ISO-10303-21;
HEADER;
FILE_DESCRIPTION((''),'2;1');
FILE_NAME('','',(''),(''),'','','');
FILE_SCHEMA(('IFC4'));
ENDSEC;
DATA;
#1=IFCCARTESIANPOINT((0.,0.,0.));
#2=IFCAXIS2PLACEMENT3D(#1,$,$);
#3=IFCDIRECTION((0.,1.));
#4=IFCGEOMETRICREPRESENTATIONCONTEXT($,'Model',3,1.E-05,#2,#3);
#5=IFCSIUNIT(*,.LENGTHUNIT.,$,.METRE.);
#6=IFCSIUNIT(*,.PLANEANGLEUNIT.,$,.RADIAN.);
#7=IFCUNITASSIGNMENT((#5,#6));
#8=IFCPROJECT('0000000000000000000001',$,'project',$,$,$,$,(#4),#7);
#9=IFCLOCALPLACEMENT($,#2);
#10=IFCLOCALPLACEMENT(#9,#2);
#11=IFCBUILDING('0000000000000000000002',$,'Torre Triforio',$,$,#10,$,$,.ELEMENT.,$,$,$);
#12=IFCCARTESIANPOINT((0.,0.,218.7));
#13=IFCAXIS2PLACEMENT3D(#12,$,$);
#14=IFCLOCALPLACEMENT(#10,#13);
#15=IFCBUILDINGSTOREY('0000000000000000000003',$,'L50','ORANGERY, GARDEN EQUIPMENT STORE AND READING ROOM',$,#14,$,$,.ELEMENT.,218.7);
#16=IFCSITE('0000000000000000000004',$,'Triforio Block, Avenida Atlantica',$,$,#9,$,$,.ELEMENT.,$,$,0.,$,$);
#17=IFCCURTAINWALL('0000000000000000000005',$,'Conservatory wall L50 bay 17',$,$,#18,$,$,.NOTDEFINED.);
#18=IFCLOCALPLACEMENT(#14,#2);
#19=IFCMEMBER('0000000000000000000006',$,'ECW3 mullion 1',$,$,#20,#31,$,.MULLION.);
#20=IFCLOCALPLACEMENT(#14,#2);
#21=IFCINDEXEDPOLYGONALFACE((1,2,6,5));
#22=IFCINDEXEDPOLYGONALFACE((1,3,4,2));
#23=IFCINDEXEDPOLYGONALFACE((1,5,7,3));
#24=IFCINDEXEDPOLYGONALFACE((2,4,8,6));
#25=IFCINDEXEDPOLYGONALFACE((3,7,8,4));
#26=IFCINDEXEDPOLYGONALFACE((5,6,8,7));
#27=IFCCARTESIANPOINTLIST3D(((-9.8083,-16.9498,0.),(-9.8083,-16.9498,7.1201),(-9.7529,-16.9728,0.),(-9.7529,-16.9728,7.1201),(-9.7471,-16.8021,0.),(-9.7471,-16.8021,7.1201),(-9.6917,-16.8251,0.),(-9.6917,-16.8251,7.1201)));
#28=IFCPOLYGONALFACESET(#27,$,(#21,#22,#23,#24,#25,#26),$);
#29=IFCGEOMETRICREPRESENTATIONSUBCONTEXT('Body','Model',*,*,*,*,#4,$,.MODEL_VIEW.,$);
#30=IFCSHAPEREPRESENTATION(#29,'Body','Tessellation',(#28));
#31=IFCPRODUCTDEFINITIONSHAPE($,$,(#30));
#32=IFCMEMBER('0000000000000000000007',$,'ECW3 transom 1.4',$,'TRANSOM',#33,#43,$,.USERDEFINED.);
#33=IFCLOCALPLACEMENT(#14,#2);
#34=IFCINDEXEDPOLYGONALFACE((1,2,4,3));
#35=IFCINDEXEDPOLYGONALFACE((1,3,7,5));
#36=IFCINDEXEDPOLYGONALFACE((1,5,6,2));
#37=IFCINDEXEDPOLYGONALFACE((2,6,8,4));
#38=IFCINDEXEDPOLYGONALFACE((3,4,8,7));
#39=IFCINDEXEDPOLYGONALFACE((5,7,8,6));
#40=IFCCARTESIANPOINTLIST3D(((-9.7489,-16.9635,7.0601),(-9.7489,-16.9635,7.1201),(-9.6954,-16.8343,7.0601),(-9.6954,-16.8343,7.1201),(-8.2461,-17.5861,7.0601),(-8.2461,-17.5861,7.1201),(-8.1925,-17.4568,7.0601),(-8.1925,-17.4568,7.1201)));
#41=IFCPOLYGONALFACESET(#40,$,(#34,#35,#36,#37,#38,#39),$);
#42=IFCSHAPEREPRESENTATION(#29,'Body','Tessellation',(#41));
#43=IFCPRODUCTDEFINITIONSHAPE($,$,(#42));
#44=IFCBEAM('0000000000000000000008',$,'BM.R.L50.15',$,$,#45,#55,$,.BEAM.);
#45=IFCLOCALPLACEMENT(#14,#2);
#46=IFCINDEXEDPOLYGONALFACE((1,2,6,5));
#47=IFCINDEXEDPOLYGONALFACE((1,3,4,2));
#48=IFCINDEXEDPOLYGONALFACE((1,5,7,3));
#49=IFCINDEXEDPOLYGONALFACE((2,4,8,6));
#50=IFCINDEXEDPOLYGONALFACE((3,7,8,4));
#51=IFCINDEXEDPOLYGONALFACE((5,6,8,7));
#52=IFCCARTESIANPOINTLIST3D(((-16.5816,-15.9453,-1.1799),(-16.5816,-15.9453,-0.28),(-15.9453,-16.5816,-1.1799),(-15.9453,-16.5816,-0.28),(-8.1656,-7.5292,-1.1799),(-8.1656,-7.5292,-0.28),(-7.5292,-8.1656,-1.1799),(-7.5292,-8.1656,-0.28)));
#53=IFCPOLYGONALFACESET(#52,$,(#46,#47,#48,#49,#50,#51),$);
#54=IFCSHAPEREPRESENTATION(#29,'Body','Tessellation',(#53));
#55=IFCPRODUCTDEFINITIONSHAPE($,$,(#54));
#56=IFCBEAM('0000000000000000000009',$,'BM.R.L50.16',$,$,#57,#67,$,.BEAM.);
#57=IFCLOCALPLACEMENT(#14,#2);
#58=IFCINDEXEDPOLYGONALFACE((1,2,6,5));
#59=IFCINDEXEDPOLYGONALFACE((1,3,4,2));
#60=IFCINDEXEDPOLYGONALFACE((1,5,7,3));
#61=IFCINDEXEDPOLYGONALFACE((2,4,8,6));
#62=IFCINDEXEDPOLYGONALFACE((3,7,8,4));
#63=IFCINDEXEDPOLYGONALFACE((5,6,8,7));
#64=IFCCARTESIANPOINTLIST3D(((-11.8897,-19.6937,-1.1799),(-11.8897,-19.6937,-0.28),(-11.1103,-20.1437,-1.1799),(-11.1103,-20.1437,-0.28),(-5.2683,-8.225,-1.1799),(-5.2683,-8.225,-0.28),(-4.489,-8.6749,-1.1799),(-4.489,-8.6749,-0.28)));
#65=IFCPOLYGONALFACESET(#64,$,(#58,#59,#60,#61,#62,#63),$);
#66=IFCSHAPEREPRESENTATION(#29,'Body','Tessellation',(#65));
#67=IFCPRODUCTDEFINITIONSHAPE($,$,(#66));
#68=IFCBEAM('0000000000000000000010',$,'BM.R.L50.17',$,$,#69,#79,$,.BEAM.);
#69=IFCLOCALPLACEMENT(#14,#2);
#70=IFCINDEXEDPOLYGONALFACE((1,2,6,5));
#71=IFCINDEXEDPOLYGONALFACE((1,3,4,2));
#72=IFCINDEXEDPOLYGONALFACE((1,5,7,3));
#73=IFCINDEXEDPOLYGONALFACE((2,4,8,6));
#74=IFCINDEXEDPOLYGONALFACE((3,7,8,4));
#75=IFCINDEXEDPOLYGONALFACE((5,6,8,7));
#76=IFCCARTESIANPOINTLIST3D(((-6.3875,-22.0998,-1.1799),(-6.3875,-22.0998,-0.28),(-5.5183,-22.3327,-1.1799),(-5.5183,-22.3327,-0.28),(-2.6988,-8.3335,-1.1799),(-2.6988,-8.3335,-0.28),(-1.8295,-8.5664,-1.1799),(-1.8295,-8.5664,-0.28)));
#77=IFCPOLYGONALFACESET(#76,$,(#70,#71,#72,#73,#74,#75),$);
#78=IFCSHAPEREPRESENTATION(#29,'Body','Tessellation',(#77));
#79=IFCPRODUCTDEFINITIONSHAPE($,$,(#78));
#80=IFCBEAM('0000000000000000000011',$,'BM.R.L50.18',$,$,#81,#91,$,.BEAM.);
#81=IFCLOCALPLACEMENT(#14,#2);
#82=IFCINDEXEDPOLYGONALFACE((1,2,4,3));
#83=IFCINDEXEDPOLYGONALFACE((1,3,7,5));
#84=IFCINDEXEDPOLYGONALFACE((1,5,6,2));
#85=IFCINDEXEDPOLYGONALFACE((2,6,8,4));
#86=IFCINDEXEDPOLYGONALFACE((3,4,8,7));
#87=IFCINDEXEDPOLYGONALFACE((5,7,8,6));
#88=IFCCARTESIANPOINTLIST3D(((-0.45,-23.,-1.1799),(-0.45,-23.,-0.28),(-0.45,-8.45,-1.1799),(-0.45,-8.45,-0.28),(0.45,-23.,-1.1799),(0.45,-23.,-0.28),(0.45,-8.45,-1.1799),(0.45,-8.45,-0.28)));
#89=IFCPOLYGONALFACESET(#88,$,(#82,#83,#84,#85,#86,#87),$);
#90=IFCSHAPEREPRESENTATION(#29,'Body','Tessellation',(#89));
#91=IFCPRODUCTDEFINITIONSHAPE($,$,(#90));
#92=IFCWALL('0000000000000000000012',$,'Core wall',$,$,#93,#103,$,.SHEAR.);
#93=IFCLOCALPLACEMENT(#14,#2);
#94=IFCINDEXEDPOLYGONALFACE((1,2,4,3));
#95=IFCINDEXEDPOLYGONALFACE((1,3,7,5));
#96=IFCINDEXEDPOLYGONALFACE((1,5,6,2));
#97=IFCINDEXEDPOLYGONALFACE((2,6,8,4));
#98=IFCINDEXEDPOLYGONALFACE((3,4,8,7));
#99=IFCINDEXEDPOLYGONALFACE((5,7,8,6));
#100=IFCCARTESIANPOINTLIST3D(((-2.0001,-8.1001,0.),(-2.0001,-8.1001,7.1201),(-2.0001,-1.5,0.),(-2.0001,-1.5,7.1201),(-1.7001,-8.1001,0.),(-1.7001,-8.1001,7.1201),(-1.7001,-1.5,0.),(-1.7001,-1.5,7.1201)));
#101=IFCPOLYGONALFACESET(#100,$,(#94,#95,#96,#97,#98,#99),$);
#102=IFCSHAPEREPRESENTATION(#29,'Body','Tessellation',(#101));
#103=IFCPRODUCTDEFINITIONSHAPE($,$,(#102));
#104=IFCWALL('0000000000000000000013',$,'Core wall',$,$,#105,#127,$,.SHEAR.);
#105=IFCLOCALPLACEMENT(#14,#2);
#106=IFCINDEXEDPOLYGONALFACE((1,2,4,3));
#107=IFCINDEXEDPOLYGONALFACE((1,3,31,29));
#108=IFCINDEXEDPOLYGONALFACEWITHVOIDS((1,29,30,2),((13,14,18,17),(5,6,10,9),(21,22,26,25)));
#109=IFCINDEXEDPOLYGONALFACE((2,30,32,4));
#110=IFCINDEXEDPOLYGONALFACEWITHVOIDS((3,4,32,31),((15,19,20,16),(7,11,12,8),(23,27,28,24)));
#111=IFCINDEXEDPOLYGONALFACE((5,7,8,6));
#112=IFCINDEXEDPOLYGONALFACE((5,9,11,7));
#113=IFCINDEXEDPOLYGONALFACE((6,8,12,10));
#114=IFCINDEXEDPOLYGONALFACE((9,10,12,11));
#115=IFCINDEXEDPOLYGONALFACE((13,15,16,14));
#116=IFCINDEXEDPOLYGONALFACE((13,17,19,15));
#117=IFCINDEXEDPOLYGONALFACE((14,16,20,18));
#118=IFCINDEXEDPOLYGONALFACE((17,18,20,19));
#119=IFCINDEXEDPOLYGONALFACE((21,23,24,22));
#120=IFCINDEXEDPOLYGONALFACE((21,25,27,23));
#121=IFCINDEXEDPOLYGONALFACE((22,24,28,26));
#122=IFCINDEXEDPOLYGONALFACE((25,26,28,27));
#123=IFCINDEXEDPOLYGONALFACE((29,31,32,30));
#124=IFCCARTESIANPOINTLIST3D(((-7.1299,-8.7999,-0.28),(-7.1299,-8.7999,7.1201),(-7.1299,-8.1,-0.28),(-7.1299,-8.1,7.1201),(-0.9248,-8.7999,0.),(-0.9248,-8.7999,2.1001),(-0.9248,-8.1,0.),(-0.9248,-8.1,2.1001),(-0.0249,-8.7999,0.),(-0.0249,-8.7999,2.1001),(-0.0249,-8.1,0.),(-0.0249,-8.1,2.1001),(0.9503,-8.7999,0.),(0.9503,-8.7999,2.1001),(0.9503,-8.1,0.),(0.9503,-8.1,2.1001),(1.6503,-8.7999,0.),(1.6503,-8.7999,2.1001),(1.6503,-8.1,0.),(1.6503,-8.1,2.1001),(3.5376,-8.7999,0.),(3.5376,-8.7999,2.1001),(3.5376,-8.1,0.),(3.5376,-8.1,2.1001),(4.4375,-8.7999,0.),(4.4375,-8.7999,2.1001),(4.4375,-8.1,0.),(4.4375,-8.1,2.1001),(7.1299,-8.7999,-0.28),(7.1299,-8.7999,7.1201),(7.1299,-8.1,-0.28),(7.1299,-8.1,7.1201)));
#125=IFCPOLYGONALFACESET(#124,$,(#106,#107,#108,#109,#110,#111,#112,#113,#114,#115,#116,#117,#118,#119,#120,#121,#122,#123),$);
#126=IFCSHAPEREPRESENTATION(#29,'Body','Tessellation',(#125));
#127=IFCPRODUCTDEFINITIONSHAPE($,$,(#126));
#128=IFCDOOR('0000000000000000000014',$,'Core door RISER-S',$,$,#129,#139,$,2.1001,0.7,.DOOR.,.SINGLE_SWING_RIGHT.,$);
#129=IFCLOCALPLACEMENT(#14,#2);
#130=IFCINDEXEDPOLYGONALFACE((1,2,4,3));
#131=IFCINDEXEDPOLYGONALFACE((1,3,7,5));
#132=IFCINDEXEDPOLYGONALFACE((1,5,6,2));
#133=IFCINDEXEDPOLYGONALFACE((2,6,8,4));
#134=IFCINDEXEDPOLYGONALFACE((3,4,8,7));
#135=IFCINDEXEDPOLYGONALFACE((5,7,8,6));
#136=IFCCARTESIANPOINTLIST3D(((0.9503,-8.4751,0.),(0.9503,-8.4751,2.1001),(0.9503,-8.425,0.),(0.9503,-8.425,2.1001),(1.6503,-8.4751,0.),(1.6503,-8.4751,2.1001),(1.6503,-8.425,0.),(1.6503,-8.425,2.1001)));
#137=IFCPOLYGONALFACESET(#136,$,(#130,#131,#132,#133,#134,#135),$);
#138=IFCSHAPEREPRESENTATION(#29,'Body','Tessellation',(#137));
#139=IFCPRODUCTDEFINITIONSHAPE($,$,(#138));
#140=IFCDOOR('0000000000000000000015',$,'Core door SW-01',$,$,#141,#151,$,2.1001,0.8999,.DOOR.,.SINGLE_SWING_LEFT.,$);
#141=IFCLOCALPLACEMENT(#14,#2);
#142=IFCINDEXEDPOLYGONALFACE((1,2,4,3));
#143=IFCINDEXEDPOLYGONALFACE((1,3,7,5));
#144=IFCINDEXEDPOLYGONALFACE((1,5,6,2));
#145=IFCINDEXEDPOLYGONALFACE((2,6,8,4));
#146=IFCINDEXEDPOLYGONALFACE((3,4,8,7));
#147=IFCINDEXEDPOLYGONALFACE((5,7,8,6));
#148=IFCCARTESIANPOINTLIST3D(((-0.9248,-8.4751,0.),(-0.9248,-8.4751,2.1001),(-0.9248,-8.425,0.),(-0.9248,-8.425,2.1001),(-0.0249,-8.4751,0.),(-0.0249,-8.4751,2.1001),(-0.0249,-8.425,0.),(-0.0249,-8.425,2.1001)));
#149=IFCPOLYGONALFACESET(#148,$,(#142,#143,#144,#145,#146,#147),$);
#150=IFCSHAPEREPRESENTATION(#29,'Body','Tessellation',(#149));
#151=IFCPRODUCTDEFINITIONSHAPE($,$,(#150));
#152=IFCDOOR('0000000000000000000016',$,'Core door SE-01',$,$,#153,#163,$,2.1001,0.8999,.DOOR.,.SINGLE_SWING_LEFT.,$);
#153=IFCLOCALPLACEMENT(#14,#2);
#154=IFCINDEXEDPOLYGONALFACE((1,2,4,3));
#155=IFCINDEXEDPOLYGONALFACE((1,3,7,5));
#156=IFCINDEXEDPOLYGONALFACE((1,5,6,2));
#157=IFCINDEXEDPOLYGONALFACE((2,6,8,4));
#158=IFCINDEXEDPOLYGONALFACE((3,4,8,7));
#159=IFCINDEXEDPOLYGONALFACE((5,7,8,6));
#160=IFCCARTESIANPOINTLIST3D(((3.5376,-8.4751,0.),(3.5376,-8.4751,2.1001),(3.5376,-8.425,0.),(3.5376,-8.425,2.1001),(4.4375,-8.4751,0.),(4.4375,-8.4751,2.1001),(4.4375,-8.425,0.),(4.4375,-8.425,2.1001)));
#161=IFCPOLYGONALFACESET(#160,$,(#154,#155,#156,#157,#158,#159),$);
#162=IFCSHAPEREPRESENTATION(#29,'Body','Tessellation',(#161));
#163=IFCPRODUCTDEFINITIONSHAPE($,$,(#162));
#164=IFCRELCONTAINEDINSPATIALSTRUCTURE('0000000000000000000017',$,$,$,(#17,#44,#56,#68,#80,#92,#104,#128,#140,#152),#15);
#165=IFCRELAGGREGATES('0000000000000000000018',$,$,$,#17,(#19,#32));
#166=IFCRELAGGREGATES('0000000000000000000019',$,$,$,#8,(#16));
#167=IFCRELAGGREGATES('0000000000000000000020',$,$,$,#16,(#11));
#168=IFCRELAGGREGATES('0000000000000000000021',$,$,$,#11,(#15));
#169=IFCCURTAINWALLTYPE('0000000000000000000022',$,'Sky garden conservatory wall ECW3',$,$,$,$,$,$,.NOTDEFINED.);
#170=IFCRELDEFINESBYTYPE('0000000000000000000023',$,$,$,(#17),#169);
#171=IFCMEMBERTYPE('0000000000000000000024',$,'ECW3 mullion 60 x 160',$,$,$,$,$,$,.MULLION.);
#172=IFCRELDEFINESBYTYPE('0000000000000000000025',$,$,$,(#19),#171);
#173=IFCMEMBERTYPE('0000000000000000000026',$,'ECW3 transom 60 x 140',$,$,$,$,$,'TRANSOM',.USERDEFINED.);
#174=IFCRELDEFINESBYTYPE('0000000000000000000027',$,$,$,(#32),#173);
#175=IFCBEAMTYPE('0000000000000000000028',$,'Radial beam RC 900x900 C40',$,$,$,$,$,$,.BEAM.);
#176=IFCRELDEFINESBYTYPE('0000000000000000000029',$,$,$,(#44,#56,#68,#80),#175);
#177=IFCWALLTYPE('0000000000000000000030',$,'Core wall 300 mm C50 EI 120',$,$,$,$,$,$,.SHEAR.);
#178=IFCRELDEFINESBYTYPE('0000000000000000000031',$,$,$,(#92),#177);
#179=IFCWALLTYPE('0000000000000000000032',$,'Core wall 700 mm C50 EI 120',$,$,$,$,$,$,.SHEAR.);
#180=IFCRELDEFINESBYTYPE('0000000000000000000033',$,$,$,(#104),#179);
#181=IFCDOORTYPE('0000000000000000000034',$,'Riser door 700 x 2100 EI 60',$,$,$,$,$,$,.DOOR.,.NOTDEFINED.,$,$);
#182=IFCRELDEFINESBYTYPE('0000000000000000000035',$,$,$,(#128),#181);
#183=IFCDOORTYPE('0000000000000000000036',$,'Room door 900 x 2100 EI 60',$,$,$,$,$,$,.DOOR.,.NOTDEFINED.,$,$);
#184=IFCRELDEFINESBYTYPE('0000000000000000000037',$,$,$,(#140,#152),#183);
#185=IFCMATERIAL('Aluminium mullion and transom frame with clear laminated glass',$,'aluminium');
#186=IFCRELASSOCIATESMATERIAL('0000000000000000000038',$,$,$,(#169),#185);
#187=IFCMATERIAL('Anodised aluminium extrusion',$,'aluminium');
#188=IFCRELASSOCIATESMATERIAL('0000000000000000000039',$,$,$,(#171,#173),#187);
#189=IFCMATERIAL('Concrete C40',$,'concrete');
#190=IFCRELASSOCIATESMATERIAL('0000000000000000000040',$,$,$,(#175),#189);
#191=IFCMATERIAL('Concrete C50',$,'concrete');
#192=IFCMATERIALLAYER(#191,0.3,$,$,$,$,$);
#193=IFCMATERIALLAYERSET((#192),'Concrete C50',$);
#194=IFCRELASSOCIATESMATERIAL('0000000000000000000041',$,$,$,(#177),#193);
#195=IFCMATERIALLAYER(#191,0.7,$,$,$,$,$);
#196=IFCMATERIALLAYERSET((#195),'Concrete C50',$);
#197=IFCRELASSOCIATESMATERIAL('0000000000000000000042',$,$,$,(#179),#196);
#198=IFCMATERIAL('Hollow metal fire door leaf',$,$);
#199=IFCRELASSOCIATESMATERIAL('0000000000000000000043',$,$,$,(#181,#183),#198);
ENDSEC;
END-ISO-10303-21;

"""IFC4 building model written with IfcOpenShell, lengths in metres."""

from ifc_helpers import new_model, si_unit, direction, frame, frame_2d, origin, origin_2d, place, context, subcontext, project, spatial, rectangle, extrude, material, layer, layer_set, material_profile, profile_set, type_object, element, fill, aggregate, save


model = new_model("IFC4")

# Units and contexts
model_context = context("Model", 3, precision=1e-05, world=origin(), true_north=direction((0.0, 1.0)))
body_context = subcontext(model_context, "Body", "Model", "MODEL_VIEW")
ifc_project = project(units=[si_unit("LENGTHUNIT", "METRE"), si_unit("PLANEANGLEUNIT", "RADIAN")], contexts=[model_context])

# Site, building, storey
site_placement = place(None, origin())
site = spatial("IfcSite", under=ifc_project, at=site_placement, Name="Triforio Block, Avenida Atlantica", CompositionType="ELEMENT", RefElevation=0.0)
building_placement = place(site_placement, origin())
building = spatial("IfcBuilding", under=site, at=building_placement, Name="Torre Triforio", CompositionType="ELEMENT")
storey_placement = place(building_placement, frame((0.0, 0.0, 218.7)))
storey = spatial("IfcBuildingStorey", under=building, at=storey_placement, Name="L50", Description="ORANGERY, GARDEN EQUIPMENT STORE AND READING ROOM", CompositionType="ELEMENT", Elevation=218.7)

# Curtain wall, members
ifc_material_1 = material(Name="Aluminium mullion and transom frame with clear laminated glass", Category="aluminium")
curtain_wall_type = type_object("IfcCurtainWallType", Name="Sky garden conservatory wall ECW3", PredefinedType="NOTDEFINED", material=ifc_material_1)
curtain_wall_placement = place(storey_placement, origin())
curtain_wall = element("IfcCurtainWall", 1, at=curtain_wall_placement, inside=storey, type_object=curtain_wall_type, Name="Conservatory wall L50 bay 17", PredefinedType="NOTDEFINED")
ifc_material_2 = material(Name="Anodised aluminium extrusion", Category="aluminium")
ifc_material_profile_1 = material_profile(ifc_material_2, rectangle(XDim=0.1599, YDim=0.0601, at=origin_2d()), Name="ECW3 MULLION 60x160")
ifc_profile_set_1 = profile_set([ifc_material_profile_1], Name="Anodised aluminium extrusion")
member_type_1 = type_object("IfcMemberType", Name="ECW3 mullion 60 x 160", PredefinedType="MULLION", material=ifc_profile_set_1)
member_1_placement = place(storey_placement, frame((-9.75, -16.8875, 0.0), z_axis=(0.0, 0.0, 1.0), x_axis=(0.382684, 0.923879, 0.0)))
member_1 = element("IfcMember", 2, at=member_1_placement, type_object=member_type_1, Name="ECW3 mullion 1", PredefinedType="MULLION", context=body_context, shape_type="SweptSolid", body=[
    extrude(rectangle(XDim=0.1599, YDim=0.0601, at=origin_2d()), origin(), (0.0, 0.0, 1.0), 7.1201),
])
ifc_material_profile_2 = material_profile(ifc_material_2, rectangle(XDim=0.1399, YDim=0.0601, at=origin_2d()), Name="ECW3 TRANSOM 60x140")
ifc_profile_set_2 = profile_set([ifc_material_profile_2], Name="Anodised aluminium extrusion")
member_type_2 = type_object("IfcMemberType", Name="ECW3 transom 60 x 140", ElementType="TRANSOM", PredefinedType="USERDEFINED", material=ifc_profile_set_2)
member_2_placement = place(storey_placement, frame((-9.7222, -16.8989, 7.0901), z_axis=(0.923874, -0.382696, 0.0), x_axis=(0.382696, 0.923874, 0.0)))
member_2 = element("IfcMember", 3, at=member_2_placement, type_object=member_type_2, Name="ECW3 transom 1.4", ObjectType="TRANSOM", PredefinedType="USERDEFINED", context=body_context, shape_type="SweptSolid", body=[
    extrude(rectangle(XDim=0.1399, YDim=0.0601, at=origin_2d()), origin(), (0.0, 0.0, 1.0), 1.6267),
])
aggregate(curtain_wall, [member_1, member_2])

# Beams
ifc_material_3 = material(Name="Concrete C40", Category="concrete")
ifc_material_profile_3 = material_profile(ifc_material_3, rectangle(XDim=0.8999, YDim=0.8999, at=origin_2d()), Name="RC 900x900")
ifc_profile_set_3 = profile_set([ifc_material_profile_3], Name="Concrete C40")
beam_type = type_object("IfcBeamType", Name="Radial beam RC 900x900 C40", PredefinedType="BEAM", material=ifc_profile_set_3)
beam_1_placement = place(storey_placement, frame((-7.8474, -7.8474, -0.73), z_axis=(-0.707107, -0.707107, 0.0), x_axis=(0.707107, -0.707107, 0.0)))
element("IfcBeam", 4, at=beam_1_placement, inside=storey, type_object=beam_type, Name="BM.R.L50.15", PredefinedType="BEAM", context=body_context, shape_type="SweptSolid", body=[
    extrude(rectangle(XDim=0.8999, YDim=0.8999, at=origin_2d()), origin(), (0.0, 0.0, 1.0), 11.9021),
])
beam_2_placement = place(storey_placement, frame((-4.8787, -8.45, -0.73), z_axis=(-0.499992, -0.86603, 0.0), x_axis=(0.86603, -0.499992, 0.0)))
element("IfcBeam", 5, at=beam_2_placement, inside=storey, type_object=beam_type, Name="BM.R.L50.16", PredefinedType="BEAM", context=body_context, shape_type="SweptSolid", body=[
    extrude(rectangle(XDim=0.8999, YDim=0.8999, at=origin_2d()), origin(), (0.0, 0.0, 1.0), 13.2429),
])
beam_3_placement = place(storey_placement, frame((-2.2642, -8.45, -0.73), z_axis=(-0.258821, -0.965925, 0.0), x_axis=(0.965925, -0.258821, 0.0)))
element("IfcBeam", 6, at=beam_3_placement, inside=storey, type_object=beam_type, Name="BM.R.L50.17", PredefinedType="BEAM", context=body_context, shape_type="SweptSolid", body=[
    extrude(rectangle(XDim=0.8999, YDim=0.8999, at=origin_2d()), origin(), (0.0, 0.0, 1.0), 14.252),
])
beam_4_placement = place(storey_placement, frame((0.0, -8.45, -0.73), z_axis=(0.0, -1.0, 0.0), x_axis=(1.0, 0.0, 0.0)))
element("IfcBeam", 7, at=beam_4_placement, inside=storey, type_object=beam_type, Name="BM.R.L50.18", PredefinedType="BEAM", context=body_context, shape_type="SweptSolid", body=[
    extrude(rectangle(XDim=0.8999, YDim=0.8999, at=origin_2d()), origin(), (0.0, 0.0, 1.0), 14.55),
])

# Wall
ifc_material_4 = material(Name="Concrete C50", Category="concrete")
ifc_layer_1 = layer(ifc_material_4, 0.3)
ifc_layer_set_1 = layer_set([ifc_layer_1], Name="Concrete C50")
wall_type_1 = type_object("IfcWallType", Name="Core wall 300 mm C50 EI 120", PredefinedType="SHEAR", material=ifc_layer_set_1)
wall_1_placement = place(storey_placement, frame((-1.8501, -8.1001, 0.0), z_axis=(0.0, 0.0, 1.0), x_axis=(0.0, 1.0, 0.0)))
element("IfcWall", 8, at=wall_1_placement, inside=storey, type_object=wall_type_1, Name="Core wall", PredefinedType="SHEAR", context=body_context, shape_type="SweptSolid", body=[
    extrude(rectangle(XDim=6.6001, YDim=0.3, at=frame_2d((3.3, 0.0))), origin(), (0.0, 0.0, 1.0), 7.1201),
])

# Wall, openings, doors
ifc_layer_2 = layer(ifc_material_4, 0.7)
ifc_layer_set_2 = layer_set([ifc_layer_2], Name="Concrete C50")
wall_type_2 = type_object("IfcWallType", Name="Core wall 700 mm C50 EI 120", PredefinedType="SHEAR", material=ifc_layer_set_2)
wall_2_placement = place(storey_placement, frame((-7.1299, -8.45, -0.28), z_axis=(0.0, 0.0, 1.0), x_axis=(1.0, 0.0, 0.0)))
wall_2 = element("IfcWall", 9, at=wall_2_placement, inside=storey, type_object=wall_type_2, Name="Core wall", PredefinedType="SHEAR", context=body_context, shape_type="SweptSolid", body=[
    extrude(rectangle(XDim=14.2598, YDim=0.7, at=frame_2d((7.1299, 0.0))), origin(), (0.0, 0.0, 1.0), 7.4001),
])
opening_1_placement = place(wall_2_placement, frame((8.0801, 0.0, 0.28)))
opening_1 = element("IfcOpeningElement", 10, at=opening_1_placement, cuts=wall_2, PredefinedType="OPENING", context=body_context, shape_type="SweptSolid", body=[
    extrude(rectangle(XDim=0.7, YDim=2.1001, at=frame_2d((0.3501, 1.05))), frame((0.0, 0.3599, 0.0), z_axis=(0.0, -1.0, 0.0), x_axis=(1.0, 0.0, 0.0)), (0.0, 0.0, 1.0), 0.72),
])
opening_2_placement = place(wall_2_placement, frame((6.2051, 0.0, 0.28)))
opening_2 = element("IfcOpeningElement", 11, at=opening_2_placement, cuts=wall_2, PredefinedType="OPENING", context=body_context, shape_type="SweptSolid", body=[
    extrude(rectangle(XDim=0.8999, YDim=2.1001, at=frame_2d((0.45, 1.05))), frame((0.0, 0.3599, 0.0), z_axis=(0.0, -1.0, 0.0), x_axis=(1.0, 0.0, 0.0)), (0.0, 0.0, 1.0), 0.72),
])
opening_3_placement = place(wall_2_placement, frame((10.6675, 0.0, 0.28)))
opening_3 = element("IfcOpeningElement", 12, at=opening_3_placement, cuts=wall_2, PredefinedType="OPENING", context=body_context, shape_type="SweptSolid", body=[
    extrude(rectangle(XDim=0.8999, YDim=2.1001, at=frame_2d((0.45, 1.05))), frame((0.0, 0.3599, 0.0), z_axis=(0.0, -1.0, 0.0), x_axis=(1.0, 0.0, 0.0)), (0.0, 0.0, 1.0), 0.72),
])
ifc_material_5 = material(Name="Hollow metal fire door leaf")
door_type_1 = type_object("IfcDoorType", Name="Riser door 700 x 2100 EI 60", OperationType="NOTDEFINED", PredefinedType="DOOR", material=ifc_material_5)
door_1_placement = place(opening_1_placement, origin())
door_1 = element("IfcDoor", 13, at=door_1_placement, inside=storey, type_object=door_type_1, Name="Core door RISER-S", OperationType="SINGLE_SWING_RIGHT", OverallHeight=2.1001, OverallWidth=0.7, PredefinedType="DOOR", context=body_context, shape_type="SweptSolid", body=[
    extrude(rectangle(XDim=0.7, YDim=2.1001, at=frame_2d((0.3501, 1.05))), frame((0.0, 0.0249, 0.0), z_axis=(0.0, -1.0, 0.0), x_axis=(1.0, 0.0, 0.0)), (0.0, 0.0, 1.0), 0.05),
])
fill(opening_1, door_1)
door_type_2 = type_object("IfcDoorType", Name="Room door 900 x 2100 EI 60", OperationType="NOTDEFINED", PredefinedType="DOOR", material=ifc_material_5)
door_2_placement = place(opening_2_placement, origin())
door_2 = element("IfcDoor", 14, at=door_2_placement, inside=storey, type_object=door_type_2, Name="Core door SW-01", OperationType="SINGLE_SWING_LEFT", OverallHeight=2.1001, OverallWidth=0.8999, PredefinedType="DOOR", context=body_context, shape_type="SweptSolid", body=[
    extrude(rectangle(XDim=0.8999, YDim=2.1001, at=frame_2d((0.45, 1.05))), frame((0.0, 0.0249, 0.0), z_axis=(0.0, -1.0, 0.0), x_axis=(1.0, 0.0, 0.0)), (0.0, 0.0, 1.0), 0.05),
])
fill(opening_2, door_2)
door_3_placement = place(opening_3_placement, origin())
door_3 = element("IfcDoor", 15, at=door_3_placement, inside=storey, type_object=door_type_2, Name="Core door SE-01", OperationType="SINGLE_SWING_LEFT", OverallHeight=2.1001, OverallWidth=0.8999, PredefinedType="DOOR", context=body_context, shape_type="SweptSolid", body=[
    extrude(rectangle(XDim=0.8999, YDim=2.1001, at=frame_2d((0.45, 1.05))), frame((0.0, 0.0249, 0.0), z_axis=(0.0, -1.0, 0.0), x_axis=(1.0, 0.0, 0.0)), (0.0, 0.0, 1.0), 0.05),
])
fill(opening_3, door_3)

save(model, "model.ifc")
